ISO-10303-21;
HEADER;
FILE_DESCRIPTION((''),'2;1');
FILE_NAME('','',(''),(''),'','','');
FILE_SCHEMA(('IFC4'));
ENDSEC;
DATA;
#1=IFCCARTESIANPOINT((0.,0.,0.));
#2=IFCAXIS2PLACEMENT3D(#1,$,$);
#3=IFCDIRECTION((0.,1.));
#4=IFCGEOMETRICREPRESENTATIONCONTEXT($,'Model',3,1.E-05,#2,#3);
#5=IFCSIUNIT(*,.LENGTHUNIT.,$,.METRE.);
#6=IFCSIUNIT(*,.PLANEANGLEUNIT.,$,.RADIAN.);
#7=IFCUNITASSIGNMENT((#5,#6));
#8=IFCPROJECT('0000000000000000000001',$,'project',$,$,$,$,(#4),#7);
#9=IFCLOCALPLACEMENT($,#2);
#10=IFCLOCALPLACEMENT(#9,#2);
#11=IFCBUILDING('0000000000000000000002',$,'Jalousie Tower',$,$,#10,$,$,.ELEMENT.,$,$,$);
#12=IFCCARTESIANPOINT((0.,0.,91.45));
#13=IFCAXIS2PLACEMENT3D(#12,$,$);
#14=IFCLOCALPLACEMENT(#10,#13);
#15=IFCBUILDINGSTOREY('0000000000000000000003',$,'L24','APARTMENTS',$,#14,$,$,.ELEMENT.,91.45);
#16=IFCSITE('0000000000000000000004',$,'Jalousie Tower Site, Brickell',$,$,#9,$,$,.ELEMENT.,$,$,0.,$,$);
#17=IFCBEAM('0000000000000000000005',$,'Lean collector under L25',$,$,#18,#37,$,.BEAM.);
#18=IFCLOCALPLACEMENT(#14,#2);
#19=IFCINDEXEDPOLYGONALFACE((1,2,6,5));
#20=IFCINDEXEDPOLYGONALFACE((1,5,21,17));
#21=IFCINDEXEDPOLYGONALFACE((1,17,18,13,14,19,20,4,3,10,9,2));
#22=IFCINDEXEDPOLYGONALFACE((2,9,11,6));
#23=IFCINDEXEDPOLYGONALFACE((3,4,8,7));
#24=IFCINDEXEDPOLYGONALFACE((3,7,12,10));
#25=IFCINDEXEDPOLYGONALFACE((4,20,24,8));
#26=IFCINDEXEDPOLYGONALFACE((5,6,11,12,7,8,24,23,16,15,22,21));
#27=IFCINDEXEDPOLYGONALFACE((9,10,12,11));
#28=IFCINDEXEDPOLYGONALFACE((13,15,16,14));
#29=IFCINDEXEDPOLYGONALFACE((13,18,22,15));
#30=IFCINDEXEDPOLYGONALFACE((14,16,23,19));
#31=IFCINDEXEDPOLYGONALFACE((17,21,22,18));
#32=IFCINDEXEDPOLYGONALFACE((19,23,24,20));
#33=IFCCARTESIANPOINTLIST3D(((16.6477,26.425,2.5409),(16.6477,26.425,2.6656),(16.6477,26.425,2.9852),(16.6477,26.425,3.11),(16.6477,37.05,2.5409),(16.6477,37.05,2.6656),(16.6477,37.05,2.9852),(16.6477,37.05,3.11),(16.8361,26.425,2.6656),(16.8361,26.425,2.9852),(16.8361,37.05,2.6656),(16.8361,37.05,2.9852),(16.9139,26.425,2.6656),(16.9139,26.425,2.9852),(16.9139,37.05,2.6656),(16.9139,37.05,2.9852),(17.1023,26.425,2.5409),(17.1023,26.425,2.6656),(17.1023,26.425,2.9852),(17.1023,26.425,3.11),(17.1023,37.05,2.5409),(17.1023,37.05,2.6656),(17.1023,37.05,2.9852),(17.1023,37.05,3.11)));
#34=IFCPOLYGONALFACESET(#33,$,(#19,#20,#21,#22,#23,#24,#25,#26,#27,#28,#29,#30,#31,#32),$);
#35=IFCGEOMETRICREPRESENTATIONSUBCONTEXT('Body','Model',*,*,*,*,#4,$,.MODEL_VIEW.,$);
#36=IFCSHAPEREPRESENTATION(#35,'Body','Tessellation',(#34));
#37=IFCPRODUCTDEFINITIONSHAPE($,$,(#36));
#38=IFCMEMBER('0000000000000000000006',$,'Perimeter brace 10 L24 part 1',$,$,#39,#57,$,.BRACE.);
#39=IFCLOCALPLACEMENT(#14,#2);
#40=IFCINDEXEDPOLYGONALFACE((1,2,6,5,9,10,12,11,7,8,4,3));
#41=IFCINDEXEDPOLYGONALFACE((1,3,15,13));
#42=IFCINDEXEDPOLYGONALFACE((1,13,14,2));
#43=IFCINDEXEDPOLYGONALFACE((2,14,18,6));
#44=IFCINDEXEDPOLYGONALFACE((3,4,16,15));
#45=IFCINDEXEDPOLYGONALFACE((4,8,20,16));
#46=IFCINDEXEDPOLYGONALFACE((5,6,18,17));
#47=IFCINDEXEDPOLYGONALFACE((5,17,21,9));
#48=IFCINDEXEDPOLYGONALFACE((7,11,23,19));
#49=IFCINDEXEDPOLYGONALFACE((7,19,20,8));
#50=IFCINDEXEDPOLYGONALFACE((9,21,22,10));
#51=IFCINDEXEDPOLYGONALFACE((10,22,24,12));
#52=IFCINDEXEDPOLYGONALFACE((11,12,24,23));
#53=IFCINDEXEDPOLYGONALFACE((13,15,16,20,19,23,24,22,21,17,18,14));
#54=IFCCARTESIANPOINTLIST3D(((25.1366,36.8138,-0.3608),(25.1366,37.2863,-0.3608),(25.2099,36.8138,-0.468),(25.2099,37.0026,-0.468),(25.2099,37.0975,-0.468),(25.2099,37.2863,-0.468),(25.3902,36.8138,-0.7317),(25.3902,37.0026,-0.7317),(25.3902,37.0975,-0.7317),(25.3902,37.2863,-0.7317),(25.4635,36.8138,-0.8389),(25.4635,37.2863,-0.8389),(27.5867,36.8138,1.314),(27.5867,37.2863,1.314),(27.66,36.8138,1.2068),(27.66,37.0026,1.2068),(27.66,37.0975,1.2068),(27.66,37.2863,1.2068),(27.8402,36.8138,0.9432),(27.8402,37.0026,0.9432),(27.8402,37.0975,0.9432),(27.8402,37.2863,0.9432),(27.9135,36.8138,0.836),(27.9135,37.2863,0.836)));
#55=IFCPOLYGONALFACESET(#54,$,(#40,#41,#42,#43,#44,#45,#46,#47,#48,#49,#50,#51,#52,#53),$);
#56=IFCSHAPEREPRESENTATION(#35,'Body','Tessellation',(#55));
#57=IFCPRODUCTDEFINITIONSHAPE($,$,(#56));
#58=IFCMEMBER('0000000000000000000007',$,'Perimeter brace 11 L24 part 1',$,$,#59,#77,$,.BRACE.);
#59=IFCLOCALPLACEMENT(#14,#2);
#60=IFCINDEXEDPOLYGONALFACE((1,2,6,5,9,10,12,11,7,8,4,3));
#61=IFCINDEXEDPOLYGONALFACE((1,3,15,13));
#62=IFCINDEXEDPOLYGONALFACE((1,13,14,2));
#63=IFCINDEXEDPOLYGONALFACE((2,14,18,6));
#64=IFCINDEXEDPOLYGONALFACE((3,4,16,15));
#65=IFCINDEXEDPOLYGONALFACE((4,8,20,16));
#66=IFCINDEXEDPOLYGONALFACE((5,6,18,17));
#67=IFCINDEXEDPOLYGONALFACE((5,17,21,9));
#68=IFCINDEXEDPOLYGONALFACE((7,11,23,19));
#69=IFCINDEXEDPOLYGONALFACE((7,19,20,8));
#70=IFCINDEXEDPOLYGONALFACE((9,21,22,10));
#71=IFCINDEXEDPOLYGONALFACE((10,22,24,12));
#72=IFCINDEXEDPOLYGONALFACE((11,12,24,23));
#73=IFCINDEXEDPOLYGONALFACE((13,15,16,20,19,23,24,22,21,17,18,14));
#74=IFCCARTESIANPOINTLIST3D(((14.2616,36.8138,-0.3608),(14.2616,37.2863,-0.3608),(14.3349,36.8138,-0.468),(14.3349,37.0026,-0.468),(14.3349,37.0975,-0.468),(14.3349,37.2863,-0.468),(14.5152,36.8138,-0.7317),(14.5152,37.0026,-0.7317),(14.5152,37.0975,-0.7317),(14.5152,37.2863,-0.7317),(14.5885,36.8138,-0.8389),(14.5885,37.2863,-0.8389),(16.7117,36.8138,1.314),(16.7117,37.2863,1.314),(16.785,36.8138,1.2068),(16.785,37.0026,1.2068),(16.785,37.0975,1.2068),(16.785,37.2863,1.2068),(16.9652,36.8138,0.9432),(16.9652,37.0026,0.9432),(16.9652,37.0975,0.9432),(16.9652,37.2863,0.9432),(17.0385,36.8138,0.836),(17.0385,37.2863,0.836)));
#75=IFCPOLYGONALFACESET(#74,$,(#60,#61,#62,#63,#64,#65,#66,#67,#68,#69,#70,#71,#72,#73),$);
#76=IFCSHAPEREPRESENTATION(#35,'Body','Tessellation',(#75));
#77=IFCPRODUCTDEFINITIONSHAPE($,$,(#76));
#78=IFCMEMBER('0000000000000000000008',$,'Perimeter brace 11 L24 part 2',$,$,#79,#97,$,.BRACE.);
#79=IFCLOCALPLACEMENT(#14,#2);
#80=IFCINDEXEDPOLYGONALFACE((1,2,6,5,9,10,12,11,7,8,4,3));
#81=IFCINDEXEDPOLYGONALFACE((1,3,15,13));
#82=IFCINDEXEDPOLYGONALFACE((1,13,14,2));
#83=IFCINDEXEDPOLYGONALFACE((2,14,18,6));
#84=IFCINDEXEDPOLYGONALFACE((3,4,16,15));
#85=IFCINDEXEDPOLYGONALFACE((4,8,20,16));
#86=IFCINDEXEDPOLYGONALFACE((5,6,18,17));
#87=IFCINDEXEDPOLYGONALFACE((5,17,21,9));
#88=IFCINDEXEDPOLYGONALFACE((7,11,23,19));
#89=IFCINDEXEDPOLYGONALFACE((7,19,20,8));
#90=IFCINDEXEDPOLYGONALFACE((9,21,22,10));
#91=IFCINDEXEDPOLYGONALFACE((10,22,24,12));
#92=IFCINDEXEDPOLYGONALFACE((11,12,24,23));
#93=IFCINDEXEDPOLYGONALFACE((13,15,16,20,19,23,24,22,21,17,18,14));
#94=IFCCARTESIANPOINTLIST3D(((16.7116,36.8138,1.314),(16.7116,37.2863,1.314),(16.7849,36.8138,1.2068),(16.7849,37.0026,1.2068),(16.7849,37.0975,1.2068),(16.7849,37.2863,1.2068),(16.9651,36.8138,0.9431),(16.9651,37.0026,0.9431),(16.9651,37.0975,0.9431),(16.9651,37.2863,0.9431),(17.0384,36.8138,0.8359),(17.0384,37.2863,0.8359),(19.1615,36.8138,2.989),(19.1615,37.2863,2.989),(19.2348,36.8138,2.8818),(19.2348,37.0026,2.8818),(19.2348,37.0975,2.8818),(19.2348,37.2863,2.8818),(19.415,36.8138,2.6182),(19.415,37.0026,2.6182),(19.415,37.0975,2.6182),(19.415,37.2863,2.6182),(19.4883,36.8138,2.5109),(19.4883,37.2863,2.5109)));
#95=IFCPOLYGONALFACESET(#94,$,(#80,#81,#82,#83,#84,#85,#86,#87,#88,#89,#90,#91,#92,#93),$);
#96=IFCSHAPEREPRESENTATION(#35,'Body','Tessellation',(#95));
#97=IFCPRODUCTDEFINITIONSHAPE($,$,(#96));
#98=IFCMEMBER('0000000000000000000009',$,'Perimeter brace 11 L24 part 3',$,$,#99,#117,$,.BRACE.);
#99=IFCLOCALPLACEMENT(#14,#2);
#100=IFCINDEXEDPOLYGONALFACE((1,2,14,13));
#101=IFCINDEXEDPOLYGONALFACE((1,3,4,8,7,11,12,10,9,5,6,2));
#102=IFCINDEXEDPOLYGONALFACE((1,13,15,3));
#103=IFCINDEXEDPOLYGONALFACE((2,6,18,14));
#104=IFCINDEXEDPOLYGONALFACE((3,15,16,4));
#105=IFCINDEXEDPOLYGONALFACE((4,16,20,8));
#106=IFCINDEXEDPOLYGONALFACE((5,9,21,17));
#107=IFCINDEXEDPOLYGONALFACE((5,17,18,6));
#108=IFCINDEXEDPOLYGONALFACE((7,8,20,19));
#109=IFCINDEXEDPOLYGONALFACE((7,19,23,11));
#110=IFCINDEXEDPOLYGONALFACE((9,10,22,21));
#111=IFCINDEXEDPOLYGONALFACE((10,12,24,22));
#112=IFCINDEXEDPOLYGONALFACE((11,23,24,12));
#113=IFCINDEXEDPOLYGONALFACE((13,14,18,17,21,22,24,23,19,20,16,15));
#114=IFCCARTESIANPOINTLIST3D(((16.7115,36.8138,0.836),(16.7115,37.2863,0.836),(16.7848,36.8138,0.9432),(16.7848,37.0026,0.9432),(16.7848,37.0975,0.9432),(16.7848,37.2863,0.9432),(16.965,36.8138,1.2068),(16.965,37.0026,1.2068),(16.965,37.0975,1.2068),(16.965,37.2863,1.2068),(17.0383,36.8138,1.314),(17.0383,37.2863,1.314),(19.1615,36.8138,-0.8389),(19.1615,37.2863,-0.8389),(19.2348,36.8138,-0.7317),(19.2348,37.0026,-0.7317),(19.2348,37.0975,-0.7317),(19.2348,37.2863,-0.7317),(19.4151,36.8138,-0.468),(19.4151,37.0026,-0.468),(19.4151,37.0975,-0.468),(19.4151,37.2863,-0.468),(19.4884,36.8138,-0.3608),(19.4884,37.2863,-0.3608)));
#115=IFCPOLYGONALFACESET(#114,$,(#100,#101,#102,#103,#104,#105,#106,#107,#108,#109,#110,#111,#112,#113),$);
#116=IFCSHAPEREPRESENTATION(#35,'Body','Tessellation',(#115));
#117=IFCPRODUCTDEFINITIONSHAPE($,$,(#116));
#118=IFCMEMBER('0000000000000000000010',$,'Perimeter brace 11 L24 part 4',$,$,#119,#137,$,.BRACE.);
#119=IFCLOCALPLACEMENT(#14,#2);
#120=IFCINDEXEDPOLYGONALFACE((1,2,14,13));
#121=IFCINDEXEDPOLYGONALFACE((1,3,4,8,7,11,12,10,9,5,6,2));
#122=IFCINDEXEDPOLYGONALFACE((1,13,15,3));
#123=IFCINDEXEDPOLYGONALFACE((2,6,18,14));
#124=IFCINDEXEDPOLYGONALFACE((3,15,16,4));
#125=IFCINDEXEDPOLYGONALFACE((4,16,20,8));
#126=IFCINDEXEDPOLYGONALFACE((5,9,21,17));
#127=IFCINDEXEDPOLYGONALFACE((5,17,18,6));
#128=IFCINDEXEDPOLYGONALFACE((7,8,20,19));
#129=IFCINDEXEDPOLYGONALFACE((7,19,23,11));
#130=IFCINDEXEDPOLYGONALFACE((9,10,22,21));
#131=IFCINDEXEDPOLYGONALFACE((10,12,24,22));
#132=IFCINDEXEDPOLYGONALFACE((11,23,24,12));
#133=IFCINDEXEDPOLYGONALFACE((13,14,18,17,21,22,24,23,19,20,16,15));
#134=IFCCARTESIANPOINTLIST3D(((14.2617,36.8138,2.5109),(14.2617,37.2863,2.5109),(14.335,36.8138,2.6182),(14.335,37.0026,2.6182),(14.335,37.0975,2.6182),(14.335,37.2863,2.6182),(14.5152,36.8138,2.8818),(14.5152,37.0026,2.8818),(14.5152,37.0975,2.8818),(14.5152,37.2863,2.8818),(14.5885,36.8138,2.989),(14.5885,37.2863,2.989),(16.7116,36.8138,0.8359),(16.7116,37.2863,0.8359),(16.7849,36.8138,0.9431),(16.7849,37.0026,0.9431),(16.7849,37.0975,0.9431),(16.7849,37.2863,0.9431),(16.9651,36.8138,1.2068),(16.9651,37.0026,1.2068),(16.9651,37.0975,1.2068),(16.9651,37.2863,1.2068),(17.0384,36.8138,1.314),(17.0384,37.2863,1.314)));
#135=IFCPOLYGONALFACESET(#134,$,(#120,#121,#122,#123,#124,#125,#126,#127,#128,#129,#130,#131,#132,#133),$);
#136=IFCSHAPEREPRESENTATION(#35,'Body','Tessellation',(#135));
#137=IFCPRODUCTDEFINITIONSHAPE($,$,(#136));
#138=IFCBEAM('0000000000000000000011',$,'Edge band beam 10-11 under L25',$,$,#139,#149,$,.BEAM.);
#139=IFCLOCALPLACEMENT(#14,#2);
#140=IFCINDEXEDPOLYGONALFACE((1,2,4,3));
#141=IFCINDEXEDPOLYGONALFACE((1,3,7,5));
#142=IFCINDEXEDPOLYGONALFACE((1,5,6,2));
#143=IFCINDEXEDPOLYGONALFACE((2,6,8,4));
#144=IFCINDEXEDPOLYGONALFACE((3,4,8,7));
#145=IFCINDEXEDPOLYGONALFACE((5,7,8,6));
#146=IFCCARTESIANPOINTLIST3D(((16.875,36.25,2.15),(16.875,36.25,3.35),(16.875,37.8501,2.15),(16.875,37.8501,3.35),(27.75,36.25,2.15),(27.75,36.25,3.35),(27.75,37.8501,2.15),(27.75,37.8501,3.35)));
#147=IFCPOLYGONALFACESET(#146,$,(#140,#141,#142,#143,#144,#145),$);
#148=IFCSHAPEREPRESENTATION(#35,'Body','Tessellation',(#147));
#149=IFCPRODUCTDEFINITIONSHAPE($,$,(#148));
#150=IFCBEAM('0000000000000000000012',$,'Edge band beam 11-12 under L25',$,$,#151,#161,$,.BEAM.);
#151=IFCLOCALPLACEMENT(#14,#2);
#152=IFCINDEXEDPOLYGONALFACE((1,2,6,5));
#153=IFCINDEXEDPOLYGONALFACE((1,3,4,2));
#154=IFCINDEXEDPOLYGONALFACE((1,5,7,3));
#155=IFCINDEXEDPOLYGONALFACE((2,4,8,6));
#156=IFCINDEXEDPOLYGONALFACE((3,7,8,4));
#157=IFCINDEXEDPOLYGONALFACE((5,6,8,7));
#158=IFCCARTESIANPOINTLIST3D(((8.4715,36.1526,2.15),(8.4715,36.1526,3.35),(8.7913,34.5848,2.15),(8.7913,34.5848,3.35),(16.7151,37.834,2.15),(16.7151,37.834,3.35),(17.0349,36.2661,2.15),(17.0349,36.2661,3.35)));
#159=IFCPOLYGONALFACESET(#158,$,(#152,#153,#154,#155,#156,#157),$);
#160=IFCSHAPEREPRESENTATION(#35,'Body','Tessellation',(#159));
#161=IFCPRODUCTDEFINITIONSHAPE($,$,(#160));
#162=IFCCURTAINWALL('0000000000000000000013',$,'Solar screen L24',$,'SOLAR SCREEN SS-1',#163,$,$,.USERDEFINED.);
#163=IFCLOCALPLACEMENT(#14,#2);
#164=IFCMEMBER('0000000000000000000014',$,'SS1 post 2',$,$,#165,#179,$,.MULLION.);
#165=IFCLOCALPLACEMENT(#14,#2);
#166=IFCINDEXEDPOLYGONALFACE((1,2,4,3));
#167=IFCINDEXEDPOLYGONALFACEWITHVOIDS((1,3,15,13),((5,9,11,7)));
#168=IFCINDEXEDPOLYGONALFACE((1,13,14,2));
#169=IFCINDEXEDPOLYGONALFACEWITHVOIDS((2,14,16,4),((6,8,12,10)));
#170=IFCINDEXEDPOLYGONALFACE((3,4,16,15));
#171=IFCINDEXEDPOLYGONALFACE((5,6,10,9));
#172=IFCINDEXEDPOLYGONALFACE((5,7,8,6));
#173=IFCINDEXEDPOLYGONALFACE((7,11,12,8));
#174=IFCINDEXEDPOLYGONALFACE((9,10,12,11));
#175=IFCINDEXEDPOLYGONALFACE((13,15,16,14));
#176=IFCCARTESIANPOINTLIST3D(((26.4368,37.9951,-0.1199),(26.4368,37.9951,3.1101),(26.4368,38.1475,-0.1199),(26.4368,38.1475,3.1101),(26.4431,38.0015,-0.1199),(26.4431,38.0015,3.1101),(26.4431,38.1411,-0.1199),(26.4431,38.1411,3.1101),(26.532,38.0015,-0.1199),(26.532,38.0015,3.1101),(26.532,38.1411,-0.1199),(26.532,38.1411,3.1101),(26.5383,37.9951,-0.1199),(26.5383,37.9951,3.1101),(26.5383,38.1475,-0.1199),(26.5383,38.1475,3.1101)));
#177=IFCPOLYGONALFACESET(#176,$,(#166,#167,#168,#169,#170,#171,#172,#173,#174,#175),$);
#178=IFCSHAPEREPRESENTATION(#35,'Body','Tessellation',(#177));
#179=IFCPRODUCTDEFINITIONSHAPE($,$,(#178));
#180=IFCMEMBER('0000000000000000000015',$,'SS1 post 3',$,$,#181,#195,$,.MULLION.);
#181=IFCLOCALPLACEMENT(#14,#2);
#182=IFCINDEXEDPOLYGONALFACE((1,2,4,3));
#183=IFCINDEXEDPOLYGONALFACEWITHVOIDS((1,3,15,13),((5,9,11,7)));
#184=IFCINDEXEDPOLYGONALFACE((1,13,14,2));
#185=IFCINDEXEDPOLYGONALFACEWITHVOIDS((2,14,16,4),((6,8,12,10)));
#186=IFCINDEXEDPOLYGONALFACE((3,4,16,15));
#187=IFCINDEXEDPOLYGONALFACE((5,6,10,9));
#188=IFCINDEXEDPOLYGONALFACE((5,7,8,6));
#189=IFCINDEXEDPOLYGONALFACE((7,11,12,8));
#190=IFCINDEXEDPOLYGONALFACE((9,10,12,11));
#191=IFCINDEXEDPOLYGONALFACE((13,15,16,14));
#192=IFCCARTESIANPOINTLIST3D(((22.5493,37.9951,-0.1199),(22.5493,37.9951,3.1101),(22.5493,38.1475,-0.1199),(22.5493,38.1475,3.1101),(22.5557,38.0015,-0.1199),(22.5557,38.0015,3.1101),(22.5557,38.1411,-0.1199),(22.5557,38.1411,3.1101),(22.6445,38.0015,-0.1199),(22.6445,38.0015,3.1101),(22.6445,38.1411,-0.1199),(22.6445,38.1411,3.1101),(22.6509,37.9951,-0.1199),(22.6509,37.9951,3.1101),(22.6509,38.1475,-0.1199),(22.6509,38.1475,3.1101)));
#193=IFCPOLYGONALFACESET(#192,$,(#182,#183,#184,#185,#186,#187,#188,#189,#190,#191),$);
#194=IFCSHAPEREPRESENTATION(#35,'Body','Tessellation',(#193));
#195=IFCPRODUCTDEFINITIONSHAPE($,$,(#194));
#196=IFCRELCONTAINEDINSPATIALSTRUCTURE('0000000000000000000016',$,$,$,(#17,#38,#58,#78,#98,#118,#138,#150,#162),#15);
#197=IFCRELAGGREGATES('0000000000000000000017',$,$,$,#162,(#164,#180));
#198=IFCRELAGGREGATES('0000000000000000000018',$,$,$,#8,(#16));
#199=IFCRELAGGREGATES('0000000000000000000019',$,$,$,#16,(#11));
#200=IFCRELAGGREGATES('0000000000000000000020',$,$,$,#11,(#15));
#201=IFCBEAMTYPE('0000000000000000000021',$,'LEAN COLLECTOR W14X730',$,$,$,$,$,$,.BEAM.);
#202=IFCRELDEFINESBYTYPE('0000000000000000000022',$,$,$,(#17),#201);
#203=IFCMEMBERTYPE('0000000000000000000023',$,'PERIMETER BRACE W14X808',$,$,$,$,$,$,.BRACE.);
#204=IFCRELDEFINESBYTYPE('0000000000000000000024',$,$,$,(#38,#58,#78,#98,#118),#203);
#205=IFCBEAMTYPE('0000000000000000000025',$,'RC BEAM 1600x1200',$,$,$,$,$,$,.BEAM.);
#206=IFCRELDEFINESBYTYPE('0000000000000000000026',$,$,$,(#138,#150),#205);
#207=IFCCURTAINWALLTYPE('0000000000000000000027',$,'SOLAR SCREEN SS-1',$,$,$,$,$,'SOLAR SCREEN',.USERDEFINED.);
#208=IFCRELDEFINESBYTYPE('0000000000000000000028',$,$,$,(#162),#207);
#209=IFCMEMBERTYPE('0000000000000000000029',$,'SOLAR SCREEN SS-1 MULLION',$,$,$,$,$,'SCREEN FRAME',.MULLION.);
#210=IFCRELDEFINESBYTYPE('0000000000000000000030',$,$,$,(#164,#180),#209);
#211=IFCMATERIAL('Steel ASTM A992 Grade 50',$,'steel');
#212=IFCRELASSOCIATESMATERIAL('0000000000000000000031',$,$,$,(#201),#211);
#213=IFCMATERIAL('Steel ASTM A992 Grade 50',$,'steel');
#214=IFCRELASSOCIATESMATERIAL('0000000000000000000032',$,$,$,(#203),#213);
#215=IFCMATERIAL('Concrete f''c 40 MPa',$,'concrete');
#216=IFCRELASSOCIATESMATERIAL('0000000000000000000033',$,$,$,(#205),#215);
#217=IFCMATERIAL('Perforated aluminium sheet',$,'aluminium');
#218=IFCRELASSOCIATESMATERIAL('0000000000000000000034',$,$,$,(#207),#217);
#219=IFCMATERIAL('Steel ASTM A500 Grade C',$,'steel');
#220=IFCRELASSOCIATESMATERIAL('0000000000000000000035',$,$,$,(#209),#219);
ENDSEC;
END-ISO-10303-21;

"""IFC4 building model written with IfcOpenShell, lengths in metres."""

from ifc_helpers import new_model, si_unit, direction, frame, origin, origin_2d, place, context, subcontext, project, spatial, rectangle, hollow_rectangle, i_section, extrude, material, material_profile, profile_set, type_object, element, aggregate, save


model = new_model("IFC4")

# Units and contexts
model_context = context("Model", 3, precision=1e-05, world=origin(), true_north=direction((0.0, 1.0)))
body_context = subcontext(model_context, "Body", "Model", "MODEL_VIEW")
ifc_project = project(units=[si_unit("LENGTHUNIT", "METRE"), si_unit("PLANEANGLEUNIT", "RADIAN")], contexts=[model_context])

# Site, building, storey
site_placement = place(None, origin())
site = spatial("IfcSite", under=ifc_project, at=site_placement, Name="Jalousie Tower Site, Brickell", CompositionType="ELEMENT", RefElevation=0.0)
building_placement = place(site_placement, origin())
building = spatial("IfcBuilding", under=site, at=building_placement, Name="Jalousie Tower", CompositionType="ELEMENT")
storey_placement = place(building_placement, frame((0.0, 0.0, 91.45)))
storey = spatial("IfcBuildingStorey", under=building, at=storey_placement, Name="L24", Description="APARTMENTS", CompositionType="ELEMENT", Elevation=91.45)

# Beam
ifc_material_1 = material(Name="Steel ASTM A992 Grade 50", Category="steel")
ifc_material_profile_1 = material_profile(ifc_material_1, i_section(OverallWidth=0.4546, OverallDepth=0.5691, WebThickness=0.0779, FlangeThickness=0.1248, at=origin_2d()), Name="W14X730")
ifc_profile_set_1 = profile_set([ifc_material_profile_1], Name="Steel ASTM A992 Grade 50")
beam_type_1 = type_object("IfcBeamType", Name="LEAN COLLECTOR W14X730", PredefinedType="BEAM", material=ifc_profile_set_1)
beam_1_placement = place(storey_placement, frame((16.875, 37.05, 2.8254), z_axis=(0.0, -1.0, 0.0), x_axis=(1.0, 0.0, 0.0)))
element("IfcBeam", 1, at=beam_1_placement, inside=storey, type_object=beam_type_1, Name="Lean collector under L25", PredefinedType="BEAM", context=body_context, shape_type="SweptSolid", body=[
    extrude(i_section(OverallWidth=0.4546, OverallDepth=0.5691, WebThickness=0.0779, FlangeThickness=0.1248, at=origin_2d()), origin(), (0.0, 0.0, 1.0), 10.625),
])

# Members
ifc_material_2 = material(Name="Steel ASTM A992 Grade 50", Category="steel")
ifc_material_profile_2 = material_profile(ifc_material_2, i_section(OverallWidth=0.4724, OverallDepth=0.5791, WebThickness=0.095, FlangeThickness=0.1299, at=origin_2d()), Name="W14X808")
ifc_profile_set_2 = profile_set([ifc_material_profile_2], Name="Steel ASTM A992 Grade 50")
member_type_1 = type_object("IfcMemberType", Name="PERIMETER BRACE W14X808", PredefinedType="BRACE", material=ifc_profile_set_2)
for number, where, z_axis, x_axis, name in (
    (2, (25.3, 37.05, -0.5999), (0.825539, 0.0, 0.564345), (0.0, 1.0, 0.0), "Perimeter brace 10 L24 part 1"),
    (3, (14.425, 37.05, -0.5999), (0.825539, 0.0, 0.564345), (0.0, 1.0, 0.0), "Perimeter brace 11 L24 part 1"),
    (4, (16.875, 37.05, 1.075), (0.825501, 0.0, 0.564401), (0.0, 1.0, 0.0), "Perimeter brace 11 L24 part 2"),
    (5, (19.325, 37.05, -0.5999), (-0.825539, 0.0, 0.564345), (0.0, -1.0, 0.0), "Perimeter brace 11 L24 part 3"),
    (6, (16.875, 37.05, 1.075), (-0.825501, 0.0, 0.564401), (0.0, -1.0, 0.0), "Perimeter brace 11 L24 part 4"),
):
    element("IfcMember", number, at=place(storey_placement, frame(where, z_axis=z_axis, x_axis=x_axis)), inside=storey, type_object=member_type_1, Name=name, PredefinedType="BRACE", context=body_context, shape_type="SweptSolid", body=[
        extrude(i_section(OverallWidth=0.4724, OverallDepth=0.5791, WebThickness=0.095, FlangeThickness=0.1299, at=origin_2d()), origin(), (0.0, 0.0, 1.0), 2.9678),
    ])

# Beams
ifc_material_3 = material(Name="Concrete f'c 40 MPa", Category="concrete")
ifc_material_profile_3 = material_profile(ifc_material_3, rectangle(XDim=1.6001, YDim=1.2, at=origin_2d()), Name="RC 1600x1200")
ifc_profile_set_3 = profile_set([ifc_material_profile_3], Name="Concrete f'c 40 MPa")
beam_type_2 = type_object("IfcBeamType", Name="RC BEAM 1600x1200", PredefinedType="BEAM", material=ifc_profile_set_3)
beam_2_placement = place(storey_placement, frame((27.75, 37.05, 2.75), z_axis=(-1.0, 0.0, 0.0), x_axis=(0.0, -1.0, 0.0)))
element("IfcBeam", 7, at=beam_2_placement, inside=storey, type_object=beam_type_2, Name="Edge band beam 10-11 under L25", PredefinedType="BEAM", context=body_context, shape_type="SweptSolid", body=[
    extrude(rectangle(XDim=1.6001, YDim=1.2, at=origin_2d()), origin(), (0.0, 0.0, 1.0), 10.875),
])
beam_3_placement = place(storey_placement, frame((16.875, 37.05, 2.75), z_axis=(-0.979827, -0.199848, 0.0), x_axis=(0.199848, -0.979827, 0.0)))
element("IfcBeam", 8, at=beam_3_placement, inside=storey, type_object=beam_type_2, Name="Edge band beam 11-12 under L25", PredefinedType="BEAM", context=body_context, shape_type="SweptSolid", body=[
    extrude(rectangle(XDim=1.6001, YDim=1.2, at=origin_2d()), origin(), (0.0, 0.0, 1.0), 8.4133),
])

# Curtain wall, members
ifc_material_4 = material(Name="Perforated aluminium sheet", Category="aluminium")
curtain_wall_type = type_object("IfcCurtainWallType", Name="SOLAR SCREEN SS-1", ElementType="SOLAR SCREEN", PredefinedType="USERDEFINED", material=ifc_material_4)
curtain_wall_1_placement = place(storey_placement, origin())
curtain_wall_1 = element("IfcCurtainWall", 9, at=curtain_wall_1_placement, inside=storey, type_object=curtain_wall_type, Name="Solar screen L24", ObjectType="SOLAR SCREEN SS-1", PredefinedType="USERDEFINED")
ifc_material_5 = material(Name="Steel ASTM A500 Grade C", Category="steel")
ifc_material_profile_4 = material_profile(ifc_material_5, hollow_rectangle(XDim=0.1016, YDim=0.1523, WallThickness=0.0063, at=origin_2d()), Name="HSS6X4X1/4")
ifc_profile_set_4 = profile_set([ifc_material_profile_4], Name="Steel ASTM A500 Grade C")
member_type_2 = type_object("IfcMemberType", Name="SOLAR SCREEN SS-1 MULLION", ElementType="SCREEN FRAME", PredefinedType="MULLION", material=ifc_profile_set_4)
member_1_placement = place(storey_placement, frame((26.4875, 38.0713, -0.1199), z_axis=(0.0, 0.0, 1.0), x_axis=(-1.0, 0.0, 0.0)))
member_1 = element("IfcMember", 10, at=member_1_placement, type_object=member_type_2, Name="SS1 post 2", PredefinedType="MULLION", context=body_context, shape_type="SweptSolid", body=[
    extrude(hollow_rectangle(XDim=0.1016, YDim=0.1523, WallThickness=0.0063, at=origin_2d()), origin(), (0.0, 0.0, 1.0), 3.23),
])
member_2_placement = place(storey_placement, frame((22.6001, 38.0713, -0.1199), z_axis=(0.0, 0.0, 1.0), x_axis=(-1.0, 0.0, 0.0)))
member_2 = element("IfcMember", 11, at=member_2_placement, type_object=member_type_2, Name="SS1 post 3", PredefinedType="MULLION", context=body_context, shape_type="SweptSolid", body=[
    extrude(hollow_rectangle(XDim=0.1016, YDim=0.1523, WallThickness=0.0063, at=origin_2d()), origin(), (0.0, 0.0, 1.0), 3.23),
])

aggregate(curtain_wall_1, [member_1, member_2])

save(model, "model.ifc")
